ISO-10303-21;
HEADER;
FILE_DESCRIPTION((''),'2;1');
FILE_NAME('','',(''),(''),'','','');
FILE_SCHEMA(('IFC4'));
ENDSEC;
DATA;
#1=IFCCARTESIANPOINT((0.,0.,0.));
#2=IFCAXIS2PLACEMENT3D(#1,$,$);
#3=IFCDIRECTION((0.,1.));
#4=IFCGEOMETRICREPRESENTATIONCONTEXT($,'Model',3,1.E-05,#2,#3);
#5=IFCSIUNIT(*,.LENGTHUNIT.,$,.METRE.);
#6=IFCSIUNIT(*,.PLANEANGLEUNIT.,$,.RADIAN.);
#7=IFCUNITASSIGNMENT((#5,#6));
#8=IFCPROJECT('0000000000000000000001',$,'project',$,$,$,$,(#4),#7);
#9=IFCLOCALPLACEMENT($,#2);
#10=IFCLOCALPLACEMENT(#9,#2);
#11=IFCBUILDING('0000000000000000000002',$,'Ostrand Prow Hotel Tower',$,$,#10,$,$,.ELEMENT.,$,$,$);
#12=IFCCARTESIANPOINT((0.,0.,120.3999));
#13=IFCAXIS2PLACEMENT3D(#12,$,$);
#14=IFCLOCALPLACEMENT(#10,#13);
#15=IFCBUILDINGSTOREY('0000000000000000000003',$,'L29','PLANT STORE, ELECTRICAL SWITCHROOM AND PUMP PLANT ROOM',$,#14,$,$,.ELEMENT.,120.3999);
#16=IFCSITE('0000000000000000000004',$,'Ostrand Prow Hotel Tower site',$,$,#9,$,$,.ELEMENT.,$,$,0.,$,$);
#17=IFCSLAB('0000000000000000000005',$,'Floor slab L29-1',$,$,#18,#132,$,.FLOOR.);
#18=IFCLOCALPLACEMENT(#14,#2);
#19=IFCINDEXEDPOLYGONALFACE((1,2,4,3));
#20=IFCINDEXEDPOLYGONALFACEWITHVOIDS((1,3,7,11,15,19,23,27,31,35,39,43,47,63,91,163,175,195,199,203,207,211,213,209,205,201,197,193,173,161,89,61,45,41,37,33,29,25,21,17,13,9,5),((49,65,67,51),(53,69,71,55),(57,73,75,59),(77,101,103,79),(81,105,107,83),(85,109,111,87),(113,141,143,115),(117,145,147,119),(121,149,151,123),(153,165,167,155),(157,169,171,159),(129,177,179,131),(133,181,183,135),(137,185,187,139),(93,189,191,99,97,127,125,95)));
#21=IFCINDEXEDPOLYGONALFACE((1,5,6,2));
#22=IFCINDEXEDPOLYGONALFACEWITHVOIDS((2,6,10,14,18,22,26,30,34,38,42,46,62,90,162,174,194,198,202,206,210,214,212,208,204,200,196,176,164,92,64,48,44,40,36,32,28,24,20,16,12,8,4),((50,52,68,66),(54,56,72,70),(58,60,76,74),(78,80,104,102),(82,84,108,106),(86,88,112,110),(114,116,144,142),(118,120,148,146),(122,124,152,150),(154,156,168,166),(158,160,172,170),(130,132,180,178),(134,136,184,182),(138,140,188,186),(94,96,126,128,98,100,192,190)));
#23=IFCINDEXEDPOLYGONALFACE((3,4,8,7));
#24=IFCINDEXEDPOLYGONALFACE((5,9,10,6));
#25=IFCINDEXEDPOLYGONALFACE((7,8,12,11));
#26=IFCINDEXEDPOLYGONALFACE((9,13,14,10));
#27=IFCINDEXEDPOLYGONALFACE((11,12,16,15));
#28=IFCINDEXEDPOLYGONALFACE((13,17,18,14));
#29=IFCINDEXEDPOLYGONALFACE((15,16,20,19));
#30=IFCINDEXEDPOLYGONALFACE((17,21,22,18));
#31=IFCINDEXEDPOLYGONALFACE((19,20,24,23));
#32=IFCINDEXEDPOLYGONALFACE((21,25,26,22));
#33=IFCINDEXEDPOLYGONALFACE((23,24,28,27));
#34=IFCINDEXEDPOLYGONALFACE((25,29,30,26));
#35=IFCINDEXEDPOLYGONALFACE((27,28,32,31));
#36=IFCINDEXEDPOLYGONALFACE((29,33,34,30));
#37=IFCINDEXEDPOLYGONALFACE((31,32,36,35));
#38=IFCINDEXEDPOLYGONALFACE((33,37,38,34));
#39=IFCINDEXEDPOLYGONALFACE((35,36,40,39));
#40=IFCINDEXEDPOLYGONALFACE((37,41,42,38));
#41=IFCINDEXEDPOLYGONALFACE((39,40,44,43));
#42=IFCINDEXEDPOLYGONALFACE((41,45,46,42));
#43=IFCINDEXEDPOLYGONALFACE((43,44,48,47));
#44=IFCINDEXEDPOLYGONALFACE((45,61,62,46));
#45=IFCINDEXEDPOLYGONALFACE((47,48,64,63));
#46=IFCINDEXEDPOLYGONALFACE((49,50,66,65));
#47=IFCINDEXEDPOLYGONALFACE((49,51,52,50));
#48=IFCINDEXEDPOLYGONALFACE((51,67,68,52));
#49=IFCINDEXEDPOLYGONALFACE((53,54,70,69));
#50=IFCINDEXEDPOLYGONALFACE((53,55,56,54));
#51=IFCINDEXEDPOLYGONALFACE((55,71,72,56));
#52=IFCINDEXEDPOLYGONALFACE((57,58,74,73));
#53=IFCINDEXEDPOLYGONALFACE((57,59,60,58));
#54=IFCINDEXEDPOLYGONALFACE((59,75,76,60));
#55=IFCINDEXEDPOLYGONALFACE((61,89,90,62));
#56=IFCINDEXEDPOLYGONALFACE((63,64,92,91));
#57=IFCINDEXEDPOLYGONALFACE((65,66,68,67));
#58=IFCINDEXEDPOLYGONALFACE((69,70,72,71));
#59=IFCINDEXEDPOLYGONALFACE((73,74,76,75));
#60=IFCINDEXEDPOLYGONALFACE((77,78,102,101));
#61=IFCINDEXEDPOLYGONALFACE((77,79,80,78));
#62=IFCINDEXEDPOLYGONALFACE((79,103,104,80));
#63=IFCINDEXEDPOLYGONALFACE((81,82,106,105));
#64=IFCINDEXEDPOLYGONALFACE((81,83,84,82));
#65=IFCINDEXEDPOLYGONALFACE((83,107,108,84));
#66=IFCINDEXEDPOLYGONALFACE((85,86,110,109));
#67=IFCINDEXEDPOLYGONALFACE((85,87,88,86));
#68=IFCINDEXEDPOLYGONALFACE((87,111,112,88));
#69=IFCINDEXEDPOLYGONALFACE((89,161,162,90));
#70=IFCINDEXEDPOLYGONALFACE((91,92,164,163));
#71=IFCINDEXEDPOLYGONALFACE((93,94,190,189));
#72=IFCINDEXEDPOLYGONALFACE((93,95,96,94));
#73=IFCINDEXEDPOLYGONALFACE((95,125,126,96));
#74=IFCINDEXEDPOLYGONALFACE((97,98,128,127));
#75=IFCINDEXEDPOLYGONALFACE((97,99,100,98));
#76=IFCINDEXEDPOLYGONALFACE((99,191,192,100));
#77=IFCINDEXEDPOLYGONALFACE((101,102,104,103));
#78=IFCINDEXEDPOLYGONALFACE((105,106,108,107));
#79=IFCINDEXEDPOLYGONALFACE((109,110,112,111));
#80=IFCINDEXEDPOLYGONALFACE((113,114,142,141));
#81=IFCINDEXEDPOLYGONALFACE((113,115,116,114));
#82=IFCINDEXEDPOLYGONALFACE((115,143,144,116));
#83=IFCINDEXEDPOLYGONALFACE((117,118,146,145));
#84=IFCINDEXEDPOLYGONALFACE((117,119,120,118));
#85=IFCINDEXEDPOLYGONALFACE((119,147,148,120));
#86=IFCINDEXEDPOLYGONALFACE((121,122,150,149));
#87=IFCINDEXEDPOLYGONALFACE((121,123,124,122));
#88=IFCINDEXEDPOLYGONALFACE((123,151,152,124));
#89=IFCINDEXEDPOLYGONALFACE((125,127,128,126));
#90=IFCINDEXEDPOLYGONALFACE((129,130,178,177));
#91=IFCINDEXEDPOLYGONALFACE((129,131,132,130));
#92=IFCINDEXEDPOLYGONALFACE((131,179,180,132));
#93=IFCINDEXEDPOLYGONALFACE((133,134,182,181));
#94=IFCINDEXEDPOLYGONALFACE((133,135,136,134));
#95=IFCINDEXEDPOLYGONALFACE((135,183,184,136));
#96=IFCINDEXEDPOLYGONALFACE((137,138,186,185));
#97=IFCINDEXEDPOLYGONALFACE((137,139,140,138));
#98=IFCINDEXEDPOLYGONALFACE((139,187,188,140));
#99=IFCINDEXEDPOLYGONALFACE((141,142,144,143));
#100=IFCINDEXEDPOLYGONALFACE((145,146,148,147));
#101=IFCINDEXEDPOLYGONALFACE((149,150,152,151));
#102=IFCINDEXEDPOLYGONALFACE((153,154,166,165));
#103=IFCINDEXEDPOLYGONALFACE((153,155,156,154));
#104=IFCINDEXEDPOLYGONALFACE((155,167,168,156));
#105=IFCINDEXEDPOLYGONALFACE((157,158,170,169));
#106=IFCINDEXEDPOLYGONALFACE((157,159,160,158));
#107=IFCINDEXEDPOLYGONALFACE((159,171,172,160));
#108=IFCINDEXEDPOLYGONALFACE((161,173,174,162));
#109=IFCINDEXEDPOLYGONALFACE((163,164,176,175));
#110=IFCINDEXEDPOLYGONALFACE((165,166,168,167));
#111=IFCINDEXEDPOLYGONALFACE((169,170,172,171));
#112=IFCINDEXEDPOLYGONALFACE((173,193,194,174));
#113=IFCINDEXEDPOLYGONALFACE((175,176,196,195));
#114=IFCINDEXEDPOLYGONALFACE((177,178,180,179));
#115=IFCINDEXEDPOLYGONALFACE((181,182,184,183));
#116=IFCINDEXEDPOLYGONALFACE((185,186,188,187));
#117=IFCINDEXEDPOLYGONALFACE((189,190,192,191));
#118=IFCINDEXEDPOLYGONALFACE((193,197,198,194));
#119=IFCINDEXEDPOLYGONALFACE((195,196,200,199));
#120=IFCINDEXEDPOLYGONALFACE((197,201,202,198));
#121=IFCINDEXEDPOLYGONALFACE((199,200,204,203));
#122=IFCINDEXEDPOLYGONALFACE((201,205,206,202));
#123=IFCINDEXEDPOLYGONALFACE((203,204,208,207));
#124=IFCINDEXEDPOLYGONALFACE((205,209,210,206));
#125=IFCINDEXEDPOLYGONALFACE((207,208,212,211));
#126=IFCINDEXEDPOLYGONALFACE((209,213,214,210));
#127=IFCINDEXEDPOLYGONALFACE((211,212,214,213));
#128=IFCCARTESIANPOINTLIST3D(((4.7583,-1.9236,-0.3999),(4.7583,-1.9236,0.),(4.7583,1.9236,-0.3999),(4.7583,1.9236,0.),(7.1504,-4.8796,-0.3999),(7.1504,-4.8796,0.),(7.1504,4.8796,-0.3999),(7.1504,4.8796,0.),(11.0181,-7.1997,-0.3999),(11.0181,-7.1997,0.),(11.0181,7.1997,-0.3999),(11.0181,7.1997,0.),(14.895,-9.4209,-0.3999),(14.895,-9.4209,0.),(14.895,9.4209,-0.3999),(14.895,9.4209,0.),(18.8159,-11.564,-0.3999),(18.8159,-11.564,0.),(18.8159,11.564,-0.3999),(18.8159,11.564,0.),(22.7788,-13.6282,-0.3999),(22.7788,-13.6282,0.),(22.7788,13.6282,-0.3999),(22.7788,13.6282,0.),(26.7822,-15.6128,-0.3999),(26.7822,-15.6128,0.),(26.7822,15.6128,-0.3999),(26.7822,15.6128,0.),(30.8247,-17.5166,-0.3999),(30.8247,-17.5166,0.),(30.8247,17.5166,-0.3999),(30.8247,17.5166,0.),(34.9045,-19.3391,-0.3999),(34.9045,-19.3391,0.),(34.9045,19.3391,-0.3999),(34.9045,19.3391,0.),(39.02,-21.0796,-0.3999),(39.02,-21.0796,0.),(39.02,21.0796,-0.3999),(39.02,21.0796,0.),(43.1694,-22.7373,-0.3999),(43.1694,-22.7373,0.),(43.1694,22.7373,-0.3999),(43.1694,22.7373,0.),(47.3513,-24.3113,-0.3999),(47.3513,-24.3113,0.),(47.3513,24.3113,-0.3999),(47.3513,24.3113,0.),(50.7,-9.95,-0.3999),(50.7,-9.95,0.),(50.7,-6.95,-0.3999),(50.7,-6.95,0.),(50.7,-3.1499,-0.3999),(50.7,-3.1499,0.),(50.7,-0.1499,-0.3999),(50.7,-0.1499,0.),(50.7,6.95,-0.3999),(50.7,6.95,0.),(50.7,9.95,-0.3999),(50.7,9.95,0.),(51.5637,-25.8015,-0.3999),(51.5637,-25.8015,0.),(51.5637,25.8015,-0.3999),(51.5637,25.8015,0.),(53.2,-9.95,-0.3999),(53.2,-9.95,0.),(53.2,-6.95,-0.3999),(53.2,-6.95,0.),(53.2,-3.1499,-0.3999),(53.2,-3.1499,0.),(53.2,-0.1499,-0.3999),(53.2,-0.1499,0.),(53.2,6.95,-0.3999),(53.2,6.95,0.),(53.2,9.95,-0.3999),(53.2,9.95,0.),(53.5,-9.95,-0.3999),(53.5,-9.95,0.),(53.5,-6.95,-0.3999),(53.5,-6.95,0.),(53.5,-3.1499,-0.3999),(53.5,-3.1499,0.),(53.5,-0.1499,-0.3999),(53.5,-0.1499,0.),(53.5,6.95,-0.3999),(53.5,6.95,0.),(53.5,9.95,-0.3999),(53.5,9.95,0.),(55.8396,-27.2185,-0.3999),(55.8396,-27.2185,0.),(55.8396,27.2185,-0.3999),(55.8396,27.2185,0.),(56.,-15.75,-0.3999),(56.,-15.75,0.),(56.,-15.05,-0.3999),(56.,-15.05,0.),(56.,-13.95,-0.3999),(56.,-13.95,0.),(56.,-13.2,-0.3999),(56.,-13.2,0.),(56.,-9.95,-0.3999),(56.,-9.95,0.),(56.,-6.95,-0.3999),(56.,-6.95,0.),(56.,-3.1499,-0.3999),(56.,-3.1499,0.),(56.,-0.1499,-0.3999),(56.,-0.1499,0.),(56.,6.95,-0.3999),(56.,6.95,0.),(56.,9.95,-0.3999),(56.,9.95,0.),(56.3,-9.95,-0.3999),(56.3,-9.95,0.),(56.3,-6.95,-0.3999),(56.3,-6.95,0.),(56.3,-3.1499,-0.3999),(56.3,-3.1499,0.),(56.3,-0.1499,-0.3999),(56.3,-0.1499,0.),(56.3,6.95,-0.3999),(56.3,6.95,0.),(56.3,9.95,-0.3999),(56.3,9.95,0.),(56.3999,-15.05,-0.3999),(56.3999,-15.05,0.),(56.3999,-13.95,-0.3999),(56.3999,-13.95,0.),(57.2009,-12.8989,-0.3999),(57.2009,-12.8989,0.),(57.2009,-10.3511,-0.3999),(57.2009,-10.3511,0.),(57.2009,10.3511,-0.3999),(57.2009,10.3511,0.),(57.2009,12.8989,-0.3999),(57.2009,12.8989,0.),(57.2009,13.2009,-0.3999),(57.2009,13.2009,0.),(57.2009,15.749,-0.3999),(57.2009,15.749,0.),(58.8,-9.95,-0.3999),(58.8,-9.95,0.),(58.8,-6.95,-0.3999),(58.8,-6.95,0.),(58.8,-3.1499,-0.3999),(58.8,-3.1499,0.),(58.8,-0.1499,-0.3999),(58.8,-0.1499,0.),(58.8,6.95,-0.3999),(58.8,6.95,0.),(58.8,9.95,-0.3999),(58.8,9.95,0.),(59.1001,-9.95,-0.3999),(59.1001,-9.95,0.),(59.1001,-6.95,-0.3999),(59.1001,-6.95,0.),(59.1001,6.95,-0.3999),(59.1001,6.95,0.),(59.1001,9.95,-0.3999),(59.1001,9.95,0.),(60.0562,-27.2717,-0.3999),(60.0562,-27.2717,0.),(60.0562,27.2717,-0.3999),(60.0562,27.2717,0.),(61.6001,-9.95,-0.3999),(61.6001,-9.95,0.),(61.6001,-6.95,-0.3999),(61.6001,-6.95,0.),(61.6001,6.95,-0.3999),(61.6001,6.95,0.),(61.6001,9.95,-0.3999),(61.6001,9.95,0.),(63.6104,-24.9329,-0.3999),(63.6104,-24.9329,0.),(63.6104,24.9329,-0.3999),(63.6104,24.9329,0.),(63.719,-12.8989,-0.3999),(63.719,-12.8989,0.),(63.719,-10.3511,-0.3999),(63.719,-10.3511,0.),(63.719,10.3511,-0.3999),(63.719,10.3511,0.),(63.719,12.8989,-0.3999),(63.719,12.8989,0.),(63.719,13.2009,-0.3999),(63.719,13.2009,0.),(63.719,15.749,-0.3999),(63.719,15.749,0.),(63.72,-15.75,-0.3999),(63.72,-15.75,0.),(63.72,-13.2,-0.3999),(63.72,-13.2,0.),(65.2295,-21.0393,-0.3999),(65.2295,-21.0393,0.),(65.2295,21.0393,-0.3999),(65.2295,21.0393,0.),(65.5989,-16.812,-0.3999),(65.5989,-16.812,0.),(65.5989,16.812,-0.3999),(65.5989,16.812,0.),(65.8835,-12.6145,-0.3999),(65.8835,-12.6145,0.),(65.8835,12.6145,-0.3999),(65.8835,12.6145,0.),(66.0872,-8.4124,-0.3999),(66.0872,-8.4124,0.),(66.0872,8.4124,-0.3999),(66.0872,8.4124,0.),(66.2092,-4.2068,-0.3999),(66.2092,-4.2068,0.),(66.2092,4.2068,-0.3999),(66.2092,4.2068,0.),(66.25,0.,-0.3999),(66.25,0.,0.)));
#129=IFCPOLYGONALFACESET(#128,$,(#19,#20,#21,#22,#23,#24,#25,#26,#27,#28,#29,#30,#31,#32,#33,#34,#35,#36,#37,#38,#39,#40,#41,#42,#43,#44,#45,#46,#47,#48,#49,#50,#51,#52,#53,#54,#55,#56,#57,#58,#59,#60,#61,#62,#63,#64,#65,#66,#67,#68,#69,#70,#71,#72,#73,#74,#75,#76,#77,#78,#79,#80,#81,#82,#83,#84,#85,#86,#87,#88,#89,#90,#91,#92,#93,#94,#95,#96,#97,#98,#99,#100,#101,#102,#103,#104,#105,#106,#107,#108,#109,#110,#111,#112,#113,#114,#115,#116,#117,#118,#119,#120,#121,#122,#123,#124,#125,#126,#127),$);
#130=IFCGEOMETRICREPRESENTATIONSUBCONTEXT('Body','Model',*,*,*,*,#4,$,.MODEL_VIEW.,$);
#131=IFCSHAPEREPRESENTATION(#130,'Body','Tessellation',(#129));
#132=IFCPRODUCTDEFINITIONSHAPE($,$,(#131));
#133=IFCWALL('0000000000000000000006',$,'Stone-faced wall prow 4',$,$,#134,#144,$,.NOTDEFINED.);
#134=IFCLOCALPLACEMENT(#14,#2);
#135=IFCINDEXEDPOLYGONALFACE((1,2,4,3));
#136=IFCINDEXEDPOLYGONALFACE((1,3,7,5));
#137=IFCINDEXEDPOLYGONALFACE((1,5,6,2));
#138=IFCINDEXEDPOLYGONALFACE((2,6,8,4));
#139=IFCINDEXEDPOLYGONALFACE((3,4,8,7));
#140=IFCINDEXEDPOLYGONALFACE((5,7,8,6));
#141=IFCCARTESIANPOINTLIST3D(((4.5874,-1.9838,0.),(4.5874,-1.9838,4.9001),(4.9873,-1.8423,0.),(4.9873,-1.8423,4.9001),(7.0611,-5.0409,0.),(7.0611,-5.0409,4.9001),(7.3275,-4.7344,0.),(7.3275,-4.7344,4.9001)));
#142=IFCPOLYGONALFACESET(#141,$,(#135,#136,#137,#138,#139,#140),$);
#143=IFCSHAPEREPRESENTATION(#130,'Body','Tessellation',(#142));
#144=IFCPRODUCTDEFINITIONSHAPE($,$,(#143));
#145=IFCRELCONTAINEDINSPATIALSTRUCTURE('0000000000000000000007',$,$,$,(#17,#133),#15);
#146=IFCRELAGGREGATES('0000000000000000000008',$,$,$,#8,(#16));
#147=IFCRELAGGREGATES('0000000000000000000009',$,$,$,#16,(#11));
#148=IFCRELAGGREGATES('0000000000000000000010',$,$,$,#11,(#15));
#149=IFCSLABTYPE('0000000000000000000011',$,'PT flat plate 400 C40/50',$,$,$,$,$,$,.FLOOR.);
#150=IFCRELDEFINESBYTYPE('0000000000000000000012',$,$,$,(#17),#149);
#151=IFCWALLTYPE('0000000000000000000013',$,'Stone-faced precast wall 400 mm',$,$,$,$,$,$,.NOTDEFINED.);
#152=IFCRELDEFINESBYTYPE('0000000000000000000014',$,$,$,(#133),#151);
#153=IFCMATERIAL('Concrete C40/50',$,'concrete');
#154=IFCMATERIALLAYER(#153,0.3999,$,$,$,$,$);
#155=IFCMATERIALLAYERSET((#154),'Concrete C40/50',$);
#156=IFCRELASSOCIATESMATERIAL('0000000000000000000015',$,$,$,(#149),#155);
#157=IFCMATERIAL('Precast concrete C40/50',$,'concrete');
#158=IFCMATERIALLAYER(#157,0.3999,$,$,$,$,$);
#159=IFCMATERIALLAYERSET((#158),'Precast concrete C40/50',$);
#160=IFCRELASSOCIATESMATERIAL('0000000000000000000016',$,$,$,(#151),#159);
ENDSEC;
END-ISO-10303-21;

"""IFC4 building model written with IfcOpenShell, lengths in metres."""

from ifc_helpers import new_model, si_unit, direction, frame, origin, place, context, subcontext, project, spatial, polyline, outline, extrude, material, layer, layer_set, type_object, element, save


model = new_model("IFC4")

# Units and contexts
model_context = context("Model", 3, precision=1e-05, world=origin(), true_north=direction((0.0, 1.0)))
body_context = subcontext(model_context, "Body", "Model", "MODEL_VIEW")
ifc_project = project(units=[si_unit("LENGTHUNIT", "METRE"), si_unit("PLANEANGLEUNIT", "RADIAN")], contexts=[model_context])

# Site, building, storey
site_placement = place(None, origin())
site = spatial("IfcSite", under=ifc_project, at=site_placement, Name="Ostrand Prow Hotel Tower site", CompositionType="ELEMENT", RefElevation=0.0)
building_placement = place(site_placement, origin())
building = spatial("IfcBuilding", under=site, at=building_placement, Name="Ostrand Prow Hotel Tower", CompositionType="ELEMENT")
storey_placement = place(building_placement, frame((0.0, 0.0, 120.3999)))
storey = spatial("IfcBuildingStorey", under=building, at=storey_placement, Name="L29", Description="PLANT STORE, ELECTRICAL SWITCHROOM AND PUMP PLANT ROOM", CompositionType="ELEMENT", Elevation=120.3999)

# Slab, opening
ifc_material_1 = material(Name="Concrete C40/50", Category="concrete")
ifc_layer_1 = layer(ifc_material_1, 0.3999)
ifc_layer_set_1 = layer_set([ifc_layer_1], Name="Concrete C40/50")
slab_type = type_object("IfcSlabType", Name="PT flat plate 400 C40/50", PredefinedType="FLOOR", material=ifc_layer_set_1)
slab_placement = place(storey_placement, frame((0.0, 0.0, -0.3999)))
slab = element("IfcSlab", 1, at=slab_placement, inside=storey, type_object=slab_type, Name="Floor slab L29-1", PredefinedType="FLOOR", context=body_context, shape_type="SweptSolid", body=[
    extrude(outline(polyline([(7.1504, 4.8796), (11.0181, 7.1997), (14.895, 9.4209), (18.8159, 11.564), (22.7788, 13.6282), (26.7822, 15.6128), (30.8247, 17.5166), (34.9045, 19.3391), (39.02, 21.0796), (43.1694, 22.7373), (47.3513, 24.3113), (51.5637, 25.8015), (55.8396, 27.2185), (60.0562, 27.2717), (63.6104, 24.9329), (65.2295, 21.0393), (65.5989, 16.812), (65.8835, 12.6145), (66.0872, 8.4124), (66.2092, 4.2068), (66.25, 0.0), (66.2092, -4.2068), (66.0872, -8.4124), (65.8835, -12.6145), (65.5989, -16.812), (65.2295, -21.0393), (63.6104, -24.9329), (60.0562, -27.2717), (55.8396, -27.2185), (51.5637, -25.8015), (47.3513, -24.3113), (43.1694, -22.7373), (39.02, -21.0796), (34.9045, -19.3391), (30.8247, -17.5166), (26.7822, -15.6128), (22.7788, -13.6282), (18.8159, -11.564), (14.895, -9.4209), (11.0181, -7.1997), (7.1504, -4.8796), (4.7583, -1.9236), (4.7583, 1.9236), (7.1504, 4.8796)]), holes=[polyline([(50.7, 6.95), (53.2, 6.95), (53.2, 9.95), (50.7, 9.95), (50.7, 6.95)]), polyline([(53.5, 6.95), (56.0, 6.95), (56.0, 9.95), (53.5, 9.95), (53.5, 6.95)]), polyline([(56.3, 6.95), (58.8, 6.95), (58.8, 9.95), (56.3, 9.95), (56.3, 6.95)]), polyline([(59.1001, 6.95), (61.6001, 6.95), (61.6001, 9.95), (59.1001, 9.95), (59.1001, 6.95)]), polyline([(50.7, -3.1499), (53.2, -3.1499), (53.2, -0.1499), (50.7, -0.1499), (50.7, -3.1499)]), polyline([(53.5, -3.1499), (56.0, -3.1499), (56.0, -0.1499), (53.5, -0.1499), (53.5, -3.1499)]), polyline([(56.3, -3.1499), (58.8, -3.1499), (58.8, -0.1499), (56.3, -0.1499), (56.3, -3.1499)]), polyline([(50.7, -9.95), (53.2, -9.95), (53.2, -6.95), (50.7, -6.95), (50.7, -9.95)]), polyline([(53.5, -9.95), (56.0, -9.95), (56.0, -6.95), (53.5, -6.95), (53.5, -9.95)]), polyline([(56.3, -9.95), (58.8, -9.95), (58.8, -6.95), (56.3, -6.95), (56.3, -9.95)]), polyline([(59.1001, -9.95), (61.6001, -9.95), (61.6001, -6.95), (59.1001, -6.95), (59.1001, -9.95)]), polyline([(57.2009, 10.3511), (57.2009, 12.8989), (63.719, 12.8989), (63.719, 10.3511), (57.2009, 10.3511)]), polyline([(57.2009, 13.2009), (57.2009, 15.749), (63.719, 15.749), (63.719, 13.2009), (57.2009, 13.2009)]), polyline([(57.2009, -12.8989), (57.2009, -10.3511), (63.719, -10.3511), (63.719, -12.8989), (57.2009, -12.8989)]), polyline([(56.0, -13.2), (63.72, -13.2), (63.72, -15.75), (56.0, -15.75), (56.0, -15.05), (56.3999, -15.05), (56.3999, -13.95), (56.0, -13.95), (56.0, -13.2)])]), origin(), (0.0, 0.0, 1.0), 0.3999),
])
opening_placement = place(slab_placement, origin())
element("IfcOpeningElement", 2, at=opening_placement, cuts=slab, PredefinedType="OPENING", context=body_context, shape_type="SweptSolid", body=[
    extrude(outline(polyline([(56.0, -13.2), (63.72, -13.2), (63.72, -15.75), (56.0, -15.75), (56.0, -15.05), (56.3999, -15.05), (56.3999, -13.95), (56.0, -13.95), (56.0, -13.2)])), origin(), (0.0, 0.0, 1.0), 0.3999),
])

# Wall
ifc_material_2 = material(Name="Precast concrete C40/50", Category="concrete")
ifc_layer_2 = layer(ifc_material_2, 0.3999)
ifc_layer_set_2 = layer_set([ifc_layer_2], Name="Precast concrete C40/50")
wall_type = type_object("IfcWallType", Name="Stone-faced precast wall 400 mm", PredefinedType="NOTDEFINED", material=ifc_layer_set_2)
wall_placement = place(storey_placement, frame((4.7874, -1.9131, 0.0), z_axis=(0.0, 0.0, 1.0), x_axis=(0.629035, -0.777377, 0.0)))
element("IfcWall", 3, at=wall_placement, inside=storey, type_object=wall_type, Name="Stone-faced wall prow 4", PredefinedType="NOTDEFINED", context=body_context, shape_type="SweptSolid", body=[
    extrude(outline(polyline([(-0.0708, -0.2), (3.8618, -0.2), (3.791, 0.2), (0.0708, 0.2), (-0.0708, -0.2)])), origin(), (0.0, 0.0, 1.0), 4.9001),
])

save(model, "model.ifc")
